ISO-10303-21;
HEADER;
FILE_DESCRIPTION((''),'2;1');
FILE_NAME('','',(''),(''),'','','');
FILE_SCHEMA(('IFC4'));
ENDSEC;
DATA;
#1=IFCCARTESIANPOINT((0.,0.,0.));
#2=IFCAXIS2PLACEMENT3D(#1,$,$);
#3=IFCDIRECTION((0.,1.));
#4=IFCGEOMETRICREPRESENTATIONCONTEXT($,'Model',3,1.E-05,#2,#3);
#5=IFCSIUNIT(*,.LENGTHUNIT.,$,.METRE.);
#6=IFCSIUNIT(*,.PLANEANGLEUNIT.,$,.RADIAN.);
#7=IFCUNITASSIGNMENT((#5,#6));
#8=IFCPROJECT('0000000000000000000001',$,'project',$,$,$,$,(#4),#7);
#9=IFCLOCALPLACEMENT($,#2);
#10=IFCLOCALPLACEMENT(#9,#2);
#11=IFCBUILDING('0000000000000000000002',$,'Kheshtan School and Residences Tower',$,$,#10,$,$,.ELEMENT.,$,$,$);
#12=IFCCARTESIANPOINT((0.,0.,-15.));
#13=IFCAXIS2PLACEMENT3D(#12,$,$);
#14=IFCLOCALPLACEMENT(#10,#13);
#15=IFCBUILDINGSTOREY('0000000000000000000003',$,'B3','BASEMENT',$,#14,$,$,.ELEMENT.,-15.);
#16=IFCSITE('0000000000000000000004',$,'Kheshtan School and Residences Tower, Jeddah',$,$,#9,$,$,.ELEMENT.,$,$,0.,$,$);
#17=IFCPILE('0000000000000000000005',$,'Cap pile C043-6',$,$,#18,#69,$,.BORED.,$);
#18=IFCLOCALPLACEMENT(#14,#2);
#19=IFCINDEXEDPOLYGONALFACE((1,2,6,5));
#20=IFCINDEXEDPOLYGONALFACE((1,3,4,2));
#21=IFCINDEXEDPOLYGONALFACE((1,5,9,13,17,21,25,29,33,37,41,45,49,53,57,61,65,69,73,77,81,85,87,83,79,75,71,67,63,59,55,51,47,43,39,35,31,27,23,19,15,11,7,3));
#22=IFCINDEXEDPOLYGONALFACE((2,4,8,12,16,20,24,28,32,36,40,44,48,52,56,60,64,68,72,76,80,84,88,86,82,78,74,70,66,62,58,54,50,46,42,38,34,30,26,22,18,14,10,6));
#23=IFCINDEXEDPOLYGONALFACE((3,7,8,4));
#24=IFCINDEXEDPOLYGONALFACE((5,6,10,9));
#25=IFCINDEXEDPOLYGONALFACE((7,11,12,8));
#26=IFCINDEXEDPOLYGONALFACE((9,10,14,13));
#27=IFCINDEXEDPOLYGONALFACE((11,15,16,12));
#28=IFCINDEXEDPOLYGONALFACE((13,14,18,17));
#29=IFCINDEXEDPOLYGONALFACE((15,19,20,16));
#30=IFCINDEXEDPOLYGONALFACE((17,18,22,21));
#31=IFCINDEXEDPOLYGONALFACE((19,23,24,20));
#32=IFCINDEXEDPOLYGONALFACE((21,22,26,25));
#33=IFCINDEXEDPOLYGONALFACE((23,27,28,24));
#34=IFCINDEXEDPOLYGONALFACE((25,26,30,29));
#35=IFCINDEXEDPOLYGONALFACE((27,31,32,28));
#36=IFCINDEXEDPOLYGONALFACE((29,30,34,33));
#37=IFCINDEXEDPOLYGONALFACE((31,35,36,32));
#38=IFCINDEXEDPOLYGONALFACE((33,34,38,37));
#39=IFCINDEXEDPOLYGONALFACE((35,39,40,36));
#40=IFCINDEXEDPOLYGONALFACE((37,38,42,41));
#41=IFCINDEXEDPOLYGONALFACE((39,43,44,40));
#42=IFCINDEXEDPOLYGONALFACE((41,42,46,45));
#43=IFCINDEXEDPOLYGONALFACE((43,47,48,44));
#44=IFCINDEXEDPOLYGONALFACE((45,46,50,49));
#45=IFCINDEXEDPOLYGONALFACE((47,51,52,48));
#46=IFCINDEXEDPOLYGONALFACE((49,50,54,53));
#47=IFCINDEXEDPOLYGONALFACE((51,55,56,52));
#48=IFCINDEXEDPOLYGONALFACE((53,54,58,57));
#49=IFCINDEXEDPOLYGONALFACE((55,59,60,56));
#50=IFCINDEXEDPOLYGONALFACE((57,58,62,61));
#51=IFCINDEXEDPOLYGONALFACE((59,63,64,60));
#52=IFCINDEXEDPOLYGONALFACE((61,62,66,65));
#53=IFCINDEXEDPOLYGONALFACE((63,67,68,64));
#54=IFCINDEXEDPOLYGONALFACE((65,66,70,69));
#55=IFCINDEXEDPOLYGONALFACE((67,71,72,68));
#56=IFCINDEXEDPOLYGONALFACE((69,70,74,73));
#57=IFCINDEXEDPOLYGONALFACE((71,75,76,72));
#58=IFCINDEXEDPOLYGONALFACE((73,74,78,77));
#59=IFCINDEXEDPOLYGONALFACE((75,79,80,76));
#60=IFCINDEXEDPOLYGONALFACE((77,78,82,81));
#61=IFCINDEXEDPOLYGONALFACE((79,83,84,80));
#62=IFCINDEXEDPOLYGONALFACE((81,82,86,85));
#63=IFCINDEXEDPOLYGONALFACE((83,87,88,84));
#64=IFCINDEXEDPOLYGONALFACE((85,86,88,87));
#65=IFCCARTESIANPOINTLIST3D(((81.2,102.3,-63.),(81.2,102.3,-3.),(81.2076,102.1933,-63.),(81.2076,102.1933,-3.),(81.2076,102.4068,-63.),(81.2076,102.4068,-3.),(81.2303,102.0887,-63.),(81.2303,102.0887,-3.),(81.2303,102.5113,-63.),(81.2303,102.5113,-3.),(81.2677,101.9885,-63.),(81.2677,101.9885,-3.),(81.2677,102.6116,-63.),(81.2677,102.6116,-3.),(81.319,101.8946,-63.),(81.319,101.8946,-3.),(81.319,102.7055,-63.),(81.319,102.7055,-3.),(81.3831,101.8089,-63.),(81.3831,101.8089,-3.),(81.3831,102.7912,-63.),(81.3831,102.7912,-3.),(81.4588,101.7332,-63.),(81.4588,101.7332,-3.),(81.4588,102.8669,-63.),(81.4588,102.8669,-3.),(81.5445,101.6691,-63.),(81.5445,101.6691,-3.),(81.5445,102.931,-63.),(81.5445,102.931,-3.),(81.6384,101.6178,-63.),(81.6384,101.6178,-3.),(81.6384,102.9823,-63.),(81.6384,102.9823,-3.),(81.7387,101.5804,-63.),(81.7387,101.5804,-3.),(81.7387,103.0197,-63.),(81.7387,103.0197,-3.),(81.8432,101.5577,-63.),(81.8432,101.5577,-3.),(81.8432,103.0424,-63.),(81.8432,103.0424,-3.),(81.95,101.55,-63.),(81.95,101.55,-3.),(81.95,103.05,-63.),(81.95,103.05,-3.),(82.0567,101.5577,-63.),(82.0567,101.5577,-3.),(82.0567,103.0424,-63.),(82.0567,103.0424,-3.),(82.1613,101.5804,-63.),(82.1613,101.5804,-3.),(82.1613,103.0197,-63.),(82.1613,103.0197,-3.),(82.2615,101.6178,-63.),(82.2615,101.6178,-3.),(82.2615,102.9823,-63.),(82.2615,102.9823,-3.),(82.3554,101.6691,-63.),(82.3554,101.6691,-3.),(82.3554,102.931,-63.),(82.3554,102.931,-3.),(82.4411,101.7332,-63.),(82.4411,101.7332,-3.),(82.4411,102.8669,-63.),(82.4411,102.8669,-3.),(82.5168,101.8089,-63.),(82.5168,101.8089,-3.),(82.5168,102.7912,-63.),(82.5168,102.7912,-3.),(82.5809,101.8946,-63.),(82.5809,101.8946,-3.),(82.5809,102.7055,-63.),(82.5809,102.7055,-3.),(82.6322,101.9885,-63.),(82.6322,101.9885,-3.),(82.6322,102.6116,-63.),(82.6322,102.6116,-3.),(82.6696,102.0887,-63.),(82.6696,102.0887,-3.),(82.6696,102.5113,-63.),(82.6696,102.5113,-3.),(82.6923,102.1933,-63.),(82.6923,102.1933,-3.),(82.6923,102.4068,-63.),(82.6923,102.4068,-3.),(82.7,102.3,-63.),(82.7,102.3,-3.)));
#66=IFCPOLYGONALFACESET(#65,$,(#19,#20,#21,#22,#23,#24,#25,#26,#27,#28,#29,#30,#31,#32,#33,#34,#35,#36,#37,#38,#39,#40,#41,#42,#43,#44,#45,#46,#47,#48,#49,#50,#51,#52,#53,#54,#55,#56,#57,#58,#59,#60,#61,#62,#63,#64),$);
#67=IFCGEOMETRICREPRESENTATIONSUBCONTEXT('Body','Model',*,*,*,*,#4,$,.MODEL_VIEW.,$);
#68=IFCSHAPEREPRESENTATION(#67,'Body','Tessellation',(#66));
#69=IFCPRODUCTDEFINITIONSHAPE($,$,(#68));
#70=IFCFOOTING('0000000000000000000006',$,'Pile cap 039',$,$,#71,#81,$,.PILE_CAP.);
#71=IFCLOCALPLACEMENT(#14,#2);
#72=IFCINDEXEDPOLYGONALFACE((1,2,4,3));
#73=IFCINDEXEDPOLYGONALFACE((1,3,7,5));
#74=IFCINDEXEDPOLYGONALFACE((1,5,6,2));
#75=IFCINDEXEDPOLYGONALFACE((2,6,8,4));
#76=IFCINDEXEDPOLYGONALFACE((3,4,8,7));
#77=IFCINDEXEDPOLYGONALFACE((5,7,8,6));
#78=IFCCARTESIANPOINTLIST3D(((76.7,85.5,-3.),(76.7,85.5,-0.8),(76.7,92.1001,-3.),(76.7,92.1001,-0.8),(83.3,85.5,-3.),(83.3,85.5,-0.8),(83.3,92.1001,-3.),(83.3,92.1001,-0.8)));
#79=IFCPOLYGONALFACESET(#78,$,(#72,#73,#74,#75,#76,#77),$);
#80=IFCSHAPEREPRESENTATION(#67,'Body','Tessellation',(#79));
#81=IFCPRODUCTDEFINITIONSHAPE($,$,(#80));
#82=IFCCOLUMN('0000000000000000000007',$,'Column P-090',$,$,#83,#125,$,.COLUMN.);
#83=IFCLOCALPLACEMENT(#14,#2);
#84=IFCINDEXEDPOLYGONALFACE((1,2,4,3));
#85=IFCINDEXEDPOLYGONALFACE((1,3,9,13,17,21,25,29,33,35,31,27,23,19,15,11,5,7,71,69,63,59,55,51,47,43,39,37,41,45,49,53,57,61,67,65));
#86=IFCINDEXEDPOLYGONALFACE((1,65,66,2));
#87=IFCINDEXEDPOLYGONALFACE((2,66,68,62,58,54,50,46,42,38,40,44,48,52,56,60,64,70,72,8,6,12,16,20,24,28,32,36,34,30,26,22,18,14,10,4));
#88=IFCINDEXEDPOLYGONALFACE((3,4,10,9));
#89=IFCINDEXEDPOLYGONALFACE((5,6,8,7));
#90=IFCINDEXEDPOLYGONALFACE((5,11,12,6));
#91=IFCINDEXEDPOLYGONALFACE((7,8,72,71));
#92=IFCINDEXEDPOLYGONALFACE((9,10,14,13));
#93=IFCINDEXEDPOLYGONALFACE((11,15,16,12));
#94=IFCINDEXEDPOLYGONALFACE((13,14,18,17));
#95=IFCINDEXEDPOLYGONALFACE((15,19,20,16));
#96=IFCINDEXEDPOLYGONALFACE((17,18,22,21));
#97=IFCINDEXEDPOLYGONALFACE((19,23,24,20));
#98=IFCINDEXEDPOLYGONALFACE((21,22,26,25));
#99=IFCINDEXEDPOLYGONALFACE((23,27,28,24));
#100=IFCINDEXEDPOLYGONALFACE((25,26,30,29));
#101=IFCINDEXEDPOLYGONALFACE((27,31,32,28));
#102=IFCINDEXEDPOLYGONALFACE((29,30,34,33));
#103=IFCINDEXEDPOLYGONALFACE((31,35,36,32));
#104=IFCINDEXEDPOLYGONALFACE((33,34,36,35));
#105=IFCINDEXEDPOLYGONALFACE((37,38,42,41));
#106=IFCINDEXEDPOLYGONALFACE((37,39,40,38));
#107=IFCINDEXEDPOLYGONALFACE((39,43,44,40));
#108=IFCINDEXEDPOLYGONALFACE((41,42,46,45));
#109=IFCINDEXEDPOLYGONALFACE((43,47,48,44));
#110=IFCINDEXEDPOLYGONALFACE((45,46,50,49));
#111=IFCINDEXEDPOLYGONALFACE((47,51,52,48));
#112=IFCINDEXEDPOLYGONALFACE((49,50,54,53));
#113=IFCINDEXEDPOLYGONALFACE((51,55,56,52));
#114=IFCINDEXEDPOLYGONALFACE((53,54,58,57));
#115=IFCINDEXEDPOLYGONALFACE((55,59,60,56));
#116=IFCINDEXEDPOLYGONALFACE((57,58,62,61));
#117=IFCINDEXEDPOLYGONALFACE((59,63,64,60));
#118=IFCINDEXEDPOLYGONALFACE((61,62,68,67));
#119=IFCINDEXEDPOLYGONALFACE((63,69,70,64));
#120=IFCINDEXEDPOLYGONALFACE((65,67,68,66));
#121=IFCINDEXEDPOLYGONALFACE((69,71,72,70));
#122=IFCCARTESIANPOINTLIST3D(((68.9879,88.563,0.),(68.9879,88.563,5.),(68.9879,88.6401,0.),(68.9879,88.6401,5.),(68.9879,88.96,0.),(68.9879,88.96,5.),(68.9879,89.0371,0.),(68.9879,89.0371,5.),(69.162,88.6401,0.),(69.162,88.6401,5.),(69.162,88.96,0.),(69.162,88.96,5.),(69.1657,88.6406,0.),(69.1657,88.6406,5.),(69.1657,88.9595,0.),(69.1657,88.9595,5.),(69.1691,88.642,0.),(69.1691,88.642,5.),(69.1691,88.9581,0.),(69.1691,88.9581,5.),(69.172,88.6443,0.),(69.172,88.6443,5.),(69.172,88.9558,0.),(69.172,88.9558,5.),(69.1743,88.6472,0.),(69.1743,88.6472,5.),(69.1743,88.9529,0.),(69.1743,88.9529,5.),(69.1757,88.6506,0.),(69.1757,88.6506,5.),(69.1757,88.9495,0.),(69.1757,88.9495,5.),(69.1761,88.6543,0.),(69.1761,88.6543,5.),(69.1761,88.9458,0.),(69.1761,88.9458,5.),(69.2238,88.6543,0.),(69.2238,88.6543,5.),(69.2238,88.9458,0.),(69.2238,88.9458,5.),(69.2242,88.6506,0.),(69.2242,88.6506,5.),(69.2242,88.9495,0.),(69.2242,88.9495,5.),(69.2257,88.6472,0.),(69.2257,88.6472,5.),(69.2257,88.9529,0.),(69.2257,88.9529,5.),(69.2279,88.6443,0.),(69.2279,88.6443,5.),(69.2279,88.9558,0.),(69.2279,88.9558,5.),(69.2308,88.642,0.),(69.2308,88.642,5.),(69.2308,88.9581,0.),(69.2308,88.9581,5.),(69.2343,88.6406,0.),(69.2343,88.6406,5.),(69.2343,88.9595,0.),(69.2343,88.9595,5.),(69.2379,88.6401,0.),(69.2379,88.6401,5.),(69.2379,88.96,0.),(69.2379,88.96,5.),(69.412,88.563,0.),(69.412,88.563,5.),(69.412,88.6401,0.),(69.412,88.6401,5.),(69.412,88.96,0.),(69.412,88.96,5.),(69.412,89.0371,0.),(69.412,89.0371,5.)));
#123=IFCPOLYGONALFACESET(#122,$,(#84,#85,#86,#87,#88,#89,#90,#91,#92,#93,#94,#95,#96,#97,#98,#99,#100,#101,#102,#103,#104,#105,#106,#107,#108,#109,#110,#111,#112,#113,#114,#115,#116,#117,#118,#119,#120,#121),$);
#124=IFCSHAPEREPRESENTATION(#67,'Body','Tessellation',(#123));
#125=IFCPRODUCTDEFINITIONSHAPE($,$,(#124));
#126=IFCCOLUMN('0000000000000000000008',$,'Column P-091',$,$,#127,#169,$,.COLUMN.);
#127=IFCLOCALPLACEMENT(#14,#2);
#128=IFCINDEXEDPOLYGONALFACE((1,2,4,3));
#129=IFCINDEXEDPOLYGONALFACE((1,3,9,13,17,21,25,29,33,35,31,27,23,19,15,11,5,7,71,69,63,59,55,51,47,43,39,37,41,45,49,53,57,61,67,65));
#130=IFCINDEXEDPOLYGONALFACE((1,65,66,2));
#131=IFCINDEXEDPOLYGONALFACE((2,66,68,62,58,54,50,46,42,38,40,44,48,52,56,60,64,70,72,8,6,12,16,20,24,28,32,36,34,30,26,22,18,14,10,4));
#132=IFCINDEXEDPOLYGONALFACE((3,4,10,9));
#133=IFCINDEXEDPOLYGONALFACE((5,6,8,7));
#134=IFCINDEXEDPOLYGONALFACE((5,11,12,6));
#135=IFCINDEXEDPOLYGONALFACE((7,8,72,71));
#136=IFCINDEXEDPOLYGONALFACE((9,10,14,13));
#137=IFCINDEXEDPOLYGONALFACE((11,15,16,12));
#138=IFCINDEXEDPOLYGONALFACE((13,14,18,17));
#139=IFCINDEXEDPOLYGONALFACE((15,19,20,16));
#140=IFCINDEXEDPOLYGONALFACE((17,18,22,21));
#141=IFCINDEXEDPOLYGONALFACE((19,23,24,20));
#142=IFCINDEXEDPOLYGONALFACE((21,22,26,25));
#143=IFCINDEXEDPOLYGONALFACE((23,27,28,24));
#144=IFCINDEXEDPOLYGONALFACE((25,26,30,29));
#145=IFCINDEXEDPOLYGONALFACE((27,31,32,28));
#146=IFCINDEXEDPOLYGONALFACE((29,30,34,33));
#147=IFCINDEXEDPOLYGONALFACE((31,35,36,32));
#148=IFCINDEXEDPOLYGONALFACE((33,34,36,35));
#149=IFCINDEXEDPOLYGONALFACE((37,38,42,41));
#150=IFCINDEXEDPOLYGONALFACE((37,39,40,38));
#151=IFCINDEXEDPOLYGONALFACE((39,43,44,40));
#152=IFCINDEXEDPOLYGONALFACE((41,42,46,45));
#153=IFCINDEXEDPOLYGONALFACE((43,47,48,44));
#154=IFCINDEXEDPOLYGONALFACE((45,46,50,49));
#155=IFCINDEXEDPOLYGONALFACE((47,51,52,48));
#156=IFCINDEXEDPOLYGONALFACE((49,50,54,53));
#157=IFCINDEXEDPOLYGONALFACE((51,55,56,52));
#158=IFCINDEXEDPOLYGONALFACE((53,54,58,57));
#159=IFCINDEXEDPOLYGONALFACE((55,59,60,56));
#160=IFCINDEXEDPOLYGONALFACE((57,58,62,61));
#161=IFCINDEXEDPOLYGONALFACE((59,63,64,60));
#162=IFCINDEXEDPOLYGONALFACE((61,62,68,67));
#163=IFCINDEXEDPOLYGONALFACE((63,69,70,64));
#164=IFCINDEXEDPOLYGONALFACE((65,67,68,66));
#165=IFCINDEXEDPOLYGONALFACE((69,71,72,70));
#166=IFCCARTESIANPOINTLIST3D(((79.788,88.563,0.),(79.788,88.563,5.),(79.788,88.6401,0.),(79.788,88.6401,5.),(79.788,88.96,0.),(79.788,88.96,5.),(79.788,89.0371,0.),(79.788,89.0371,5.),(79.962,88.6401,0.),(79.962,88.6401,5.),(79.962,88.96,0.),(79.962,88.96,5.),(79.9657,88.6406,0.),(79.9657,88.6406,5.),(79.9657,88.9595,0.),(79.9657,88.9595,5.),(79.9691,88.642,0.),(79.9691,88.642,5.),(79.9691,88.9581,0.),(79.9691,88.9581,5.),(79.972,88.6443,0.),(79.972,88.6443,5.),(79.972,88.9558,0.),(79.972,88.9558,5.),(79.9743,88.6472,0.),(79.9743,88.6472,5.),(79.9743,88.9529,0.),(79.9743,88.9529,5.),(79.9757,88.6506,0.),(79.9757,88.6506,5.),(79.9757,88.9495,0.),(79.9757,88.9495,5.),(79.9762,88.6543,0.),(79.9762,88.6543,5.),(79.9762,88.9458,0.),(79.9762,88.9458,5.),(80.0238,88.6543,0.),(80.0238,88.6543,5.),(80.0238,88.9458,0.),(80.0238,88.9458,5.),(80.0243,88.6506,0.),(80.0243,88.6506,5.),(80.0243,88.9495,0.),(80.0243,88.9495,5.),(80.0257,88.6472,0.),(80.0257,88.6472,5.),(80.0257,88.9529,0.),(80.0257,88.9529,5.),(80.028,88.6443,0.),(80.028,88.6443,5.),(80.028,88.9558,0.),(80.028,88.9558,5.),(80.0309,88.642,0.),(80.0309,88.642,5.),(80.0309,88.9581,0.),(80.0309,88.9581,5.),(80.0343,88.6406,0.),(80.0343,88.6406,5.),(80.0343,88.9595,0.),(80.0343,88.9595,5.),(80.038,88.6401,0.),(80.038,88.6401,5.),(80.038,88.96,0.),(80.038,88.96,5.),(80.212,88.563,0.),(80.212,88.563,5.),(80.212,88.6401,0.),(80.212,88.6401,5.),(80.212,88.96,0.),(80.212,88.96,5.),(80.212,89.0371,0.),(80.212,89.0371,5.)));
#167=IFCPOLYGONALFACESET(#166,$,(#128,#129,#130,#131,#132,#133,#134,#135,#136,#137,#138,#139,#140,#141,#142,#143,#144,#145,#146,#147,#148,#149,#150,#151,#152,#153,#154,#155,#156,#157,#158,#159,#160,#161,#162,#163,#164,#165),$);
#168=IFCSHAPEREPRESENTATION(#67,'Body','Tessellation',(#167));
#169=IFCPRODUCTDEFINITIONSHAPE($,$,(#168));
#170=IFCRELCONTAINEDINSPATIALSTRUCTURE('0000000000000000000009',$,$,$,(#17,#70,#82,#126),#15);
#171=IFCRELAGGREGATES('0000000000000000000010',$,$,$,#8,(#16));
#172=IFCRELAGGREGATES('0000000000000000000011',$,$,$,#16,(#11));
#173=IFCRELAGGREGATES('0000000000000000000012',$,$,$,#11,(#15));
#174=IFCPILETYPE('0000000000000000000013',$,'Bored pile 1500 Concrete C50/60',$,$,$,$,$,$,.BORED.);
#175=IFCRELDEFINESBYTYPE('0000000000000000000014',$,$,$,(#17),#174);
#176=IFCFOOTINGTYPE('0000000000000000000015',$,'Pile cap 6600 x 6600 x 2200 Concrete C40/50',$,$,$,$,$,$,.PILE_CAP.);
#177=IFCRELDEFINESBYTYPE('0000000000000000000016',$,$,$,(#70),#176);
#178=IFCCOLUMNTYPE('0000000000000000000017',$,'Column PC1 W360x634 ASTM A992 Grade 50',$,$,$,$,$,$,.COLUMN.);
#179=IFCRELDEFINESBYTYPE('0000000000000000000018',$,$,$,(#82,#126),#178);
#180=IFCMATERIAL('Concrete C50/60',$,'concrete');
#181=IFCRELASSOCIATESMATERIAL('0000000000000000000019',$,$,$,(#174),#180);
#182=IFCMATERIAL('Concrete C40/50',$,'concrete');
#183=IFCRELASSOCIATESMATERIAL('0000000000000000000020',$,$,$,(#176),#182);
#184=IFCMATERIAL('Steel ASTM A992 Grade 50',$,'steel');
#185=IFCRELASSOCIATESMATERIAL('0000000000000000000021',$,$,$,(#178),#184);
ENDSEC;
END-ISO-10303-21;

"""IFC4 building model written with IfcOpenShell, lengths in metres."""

from ifc_helpers import new_model, si_unit, direction, frame, origin, origin_2d, place, context, subcontext, project, spatial, rectangle, circle, i_section, extrude, material, material_profile, profile_set, type_object, element, save


model = new_model("IFC4")

# Units and contexts
model_context = context("Model", 3, precision=1e-05, world=origin(), true_north=direction((0.0, 1.0)))
body_context = subcontext(model_context, "Body", "Model", "MODEL_VIEW")
ifc_project = project(units=[si_unit("LENGTHUNIT", "METRE"), si_unit("PLANEANGLEUNIT", "RADIAN")], contexts=[model_context])

# Site, building, storey
site_placement = place(None, origin())
site = spatial("IfcSite", under=ifc_project, at=site_placement, Name="Kheshtan School and Residences Tower, Jeddah", CompositionType="ELEMENT", RefElevation=0.0)
building_placement = place(site_placement, origin())
building = spatial("IfcBuilding", under=site, at=building_placement, Name="Kheshtan School and Residences Tower", CompositionType="ELEMENT")
storey_placement = place(building_placement, frame((0.0, 0.0, -15.0)))
storey = spatial("IfcBuildingStorey", under=building, at=storey_placement, Name="B3", Description="BASEMENT", CompositionType="ELEMENT", Elevation=-15.0)

# Pile
ifc_material_1 = material(Name="Concrete C50/60", Category="concrete")
ifc_material_profile_1 = material_profile(ifc_material_1, circle(Radius=0.75, at=origin_2d()), Name="BP 1500")
ifc_profile_set_1 = profile_set([ifc_material_profile_1], Name="Concrete C50/60")
pile_type = type_object("IfcPileType", Name="Bored pile 1500 Concrete C50/60", PredefinedType="BORED", material=ifc_profile_set_1)
for number, where, z_axis, x_axis, name in (
    (1, (81.95, 102.3, -3.0), (0.0, 0.0, -1.0), (1.0, 0.0, 0.0), "Cap pile C043-6"),
):
    element("IfcPile", number, at=place(storey_placement, frame(where, z_axis=z_axis, x_axis=x_axis)), inside=storey, type_object=pile_type, Name=name, PredefinedType="BORED", context=body_context, shape_type="SweptSolid", body=[
        extrude(circle(Radius=0.75, at=origin_2d()), origin(), (0.0, 0.0, 1.0), 60.0),
    ])

# Footing
ifc_material_2 = material(Name="Concrete C40/50", Category="concrete")
footing_type = type_object("IfcFootingType", Name="Pile cap 6600 x 6600 x 2200 Concrete C40/50", PredefinedType="PILE_CAP", material=ifc_material_2)
footing_placement = place(storey_placement, frame((80.0, 88.8, -3.0), z_axis=(0.0, 0.0, 1.0), x_axis=(1.0, 0.0, 0.0)))
element("IfcFooting", 2, at=footing_placement, inside=storey, type_object=footing_type, Name="Pile cap 039", PredefinedType="PILE_CAP", context=body_context, shape_type="SweptSolid", body=[
    extrude(rectangle(XDim=6.6001, YDim=6.6001, at=origin_2d()), origin(), (0.0, 0.0, 1.0), 2.2),
])

# Columns
ifc_material_3 = material(Name="Steel ASTM A992 Grade 50", Category="steel")
ifc_material_profile_2 = material_profile(ifc_material_3, i_section(OverallWidth=0.4241, OverallDepth=0.4741, WebThickness=0.0476, FlangeThickness=0.0771, FilletRadius=0.0142, at=origin_2d()), Name="W360x634")
ifc_profile_set_2 = profile_set([ifc_material_profile_2], Name="Steel ASTM A992 Grade 50")
column_type = type_object("IfcColumnType", Name="Column PC1 W360x634 ASTM A992 Grade 50", PredefinedType="COLUMN", material=ifc_profile_set_2)
for number, where, z_axis, x_axis, name in (
    (3, (69.2, 88.8, 0.0), (0.0, 0.0, 1.0), (1.0, 0.0, 0.0), "Column P-090"),
    (4, (80.0, 88.8, 0.0), (0.0, 0.0, 1.0), (1.0, 0.0, 0.0), "Column P-091"),
):
    element("IfcColumn", number, at=place(storey_placement, frame(where, z_axis=z_axis, x_axis=x_axis)), inside=storey, type_object=column_type, Name=name, PredefinedType="COLUMN", context=body_context, shape_type="SweptSolid", body=[
        extrude(i_section(OverallWidth=0.4241, OverallDepth=0.4741, WebThickness=0.0476, FlangeThickness=0.0771, FilletRadius=0.0142, at=origin_2d()), origin(), (0.0, 0.0, 1.0), 5.0),
    ])

save(model, "model.ifc")
